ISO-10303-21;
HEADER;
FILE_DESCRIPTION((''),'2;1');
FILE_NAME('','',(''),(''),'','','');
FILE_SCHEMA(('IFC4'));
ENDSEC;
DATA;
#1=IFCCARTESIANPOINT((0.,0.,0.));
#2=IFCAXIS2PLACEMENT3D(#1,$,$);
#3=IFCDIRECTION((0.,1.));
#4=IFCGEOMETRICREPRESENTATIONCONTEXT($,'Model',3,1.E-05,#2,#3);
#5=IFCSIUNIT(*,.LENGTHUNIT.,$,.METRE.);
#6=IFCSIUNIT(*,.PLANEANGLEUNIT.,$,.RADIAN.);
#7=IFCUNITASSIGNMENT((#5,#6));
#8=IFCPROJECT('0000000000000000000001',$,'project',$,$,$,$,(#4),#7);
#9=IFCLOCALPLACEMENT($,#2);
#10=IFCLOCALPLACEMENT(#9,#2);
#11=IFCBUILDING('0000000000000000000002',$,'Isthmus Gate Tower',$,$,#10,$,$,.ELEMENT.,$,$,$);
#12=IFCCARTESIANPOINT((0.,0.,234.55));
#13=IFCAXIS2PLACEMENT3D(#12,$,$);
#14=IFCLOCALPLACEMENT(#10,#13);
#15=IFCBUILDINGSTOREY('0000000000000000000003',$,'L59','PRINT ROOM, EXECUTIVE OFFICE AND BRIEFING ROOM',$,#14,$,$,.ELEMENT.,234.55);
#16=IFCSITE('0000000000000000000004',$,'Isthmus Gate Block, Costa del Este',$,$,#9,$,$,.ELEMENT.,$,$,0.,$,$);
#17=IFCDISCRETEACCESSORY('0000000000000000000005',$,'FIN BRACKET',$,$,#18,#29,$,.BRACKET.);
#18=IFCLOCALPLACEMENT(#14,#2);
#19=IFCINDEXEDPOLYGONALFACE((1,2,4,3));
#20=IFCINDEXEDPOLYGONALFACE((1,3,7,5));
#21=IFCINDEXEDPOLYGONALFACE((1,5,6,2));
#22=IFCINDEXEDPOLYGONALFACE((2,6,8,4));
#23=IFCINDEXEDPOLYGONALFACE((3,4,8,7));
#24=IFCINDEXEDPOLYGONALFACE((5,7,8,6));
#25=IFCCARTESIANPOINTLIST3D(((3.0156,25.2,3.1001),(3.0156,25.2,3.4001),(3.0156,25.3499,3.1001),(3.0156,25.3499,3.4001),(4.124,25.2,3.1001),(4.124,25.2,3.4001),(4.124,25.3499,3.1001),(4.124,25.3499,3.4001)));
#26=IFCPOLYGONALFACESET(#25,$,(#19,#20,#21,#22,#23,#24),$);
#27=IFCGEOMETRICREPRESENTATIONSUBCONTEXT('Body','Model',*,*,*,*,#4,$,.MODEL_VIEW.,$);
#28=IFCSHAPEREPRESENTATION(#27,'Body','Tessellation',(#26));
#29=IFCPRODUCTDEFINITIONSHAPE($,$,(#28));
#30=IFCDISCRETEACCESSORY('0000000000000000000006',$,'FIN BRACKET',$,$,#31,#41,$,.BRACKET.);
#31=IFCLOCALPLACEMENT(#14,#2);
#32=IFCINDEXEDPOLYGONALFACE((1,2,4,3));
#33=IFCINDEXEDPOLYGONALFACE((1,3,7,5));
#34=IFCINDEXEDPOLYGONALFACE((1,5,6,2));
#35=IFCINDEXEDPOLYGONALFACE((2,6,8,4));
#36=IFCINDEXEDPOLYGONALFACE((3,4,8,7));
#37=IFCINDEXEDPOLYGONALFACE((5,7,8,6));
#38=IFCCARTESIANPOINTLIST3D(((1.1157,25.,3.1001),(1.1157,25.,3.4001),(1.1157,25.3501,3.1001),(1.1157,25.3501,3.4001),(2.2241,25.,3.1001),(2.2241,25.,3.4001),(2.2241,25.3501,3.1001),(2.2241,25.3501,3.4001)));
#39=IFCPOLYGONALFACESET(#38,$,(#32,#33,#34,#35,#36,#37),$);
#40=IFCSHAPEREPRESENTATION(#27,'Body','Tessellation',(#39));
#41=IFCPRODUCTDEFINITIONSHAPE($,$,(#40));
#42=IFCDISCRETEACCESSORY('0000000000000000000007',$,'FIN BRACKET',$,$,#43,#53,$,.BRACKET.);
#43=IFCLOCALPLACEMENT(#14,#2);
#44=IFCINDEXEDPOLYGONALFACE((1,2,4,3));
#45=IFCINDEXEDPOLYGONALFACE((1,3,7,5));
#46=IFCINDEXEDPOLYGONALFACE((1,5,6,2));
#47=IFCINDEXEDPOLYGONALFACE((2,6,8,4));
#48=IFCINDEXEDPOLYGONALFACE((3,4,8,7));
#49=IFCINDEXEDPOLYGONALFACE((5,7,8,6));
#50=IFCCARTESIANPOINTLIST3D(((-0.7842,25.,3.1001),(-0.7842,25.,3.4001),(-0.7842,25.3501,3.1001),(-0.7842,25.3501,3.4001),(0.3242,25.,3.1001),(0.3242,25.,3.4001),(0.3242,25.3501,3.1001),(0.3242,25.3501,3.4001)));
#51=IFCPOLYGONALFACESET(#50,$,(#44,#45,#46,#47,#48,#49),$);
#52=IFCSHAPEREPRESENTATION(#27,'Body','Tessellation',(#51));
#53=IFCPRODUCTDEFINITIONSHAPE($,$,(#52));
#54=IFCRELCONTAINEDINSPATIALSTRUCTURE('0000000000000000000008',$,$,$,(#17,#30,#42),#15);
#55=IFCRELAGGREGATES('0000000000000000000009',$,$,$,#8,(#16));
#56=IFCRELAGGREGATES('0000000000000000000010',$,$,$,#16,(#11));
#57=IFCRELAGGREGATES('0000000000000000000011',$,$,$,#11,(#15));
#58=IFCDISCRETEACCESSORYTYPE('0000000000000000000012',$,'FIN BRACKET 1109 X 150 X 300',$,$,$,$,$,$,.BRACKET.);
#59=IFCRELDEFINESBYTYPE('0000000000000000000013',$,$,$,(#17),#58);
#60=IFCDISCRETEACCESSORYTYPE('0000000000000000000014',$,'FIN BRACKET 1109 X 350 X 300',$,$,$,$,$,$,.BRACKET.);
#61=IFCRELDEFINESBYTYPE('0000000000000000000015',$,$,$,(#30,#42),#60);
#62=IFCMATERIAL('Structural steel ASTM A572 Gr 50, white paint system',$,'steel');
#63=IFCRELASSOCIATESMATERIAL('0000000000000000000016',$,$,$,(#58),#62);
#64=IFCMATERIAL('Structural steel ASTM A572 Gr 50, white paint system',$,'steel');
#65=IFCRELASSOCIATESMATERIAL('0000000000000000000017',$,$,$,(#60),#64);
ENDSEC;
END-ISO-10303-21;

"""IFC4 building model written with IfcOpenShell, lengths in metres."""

from ifc_helpers import new_model, si_unit, direction, frame, origin, origin_2d, place, context, subcontext, project, spatial, rectangle, extrude, material, type_object, element, save


model = new_model("IFC4")

# Units and contexts
model_context = context("Model", 3, precision=1e-05, world=origin(), true_north=direction((0.0, 1.0)))
body_context = subcontext(model_context, "Body", "Model", "MODEL_VIEW")
ifc_project = project(units=[si_unit("LENGTHUNIT", "METRE"), si_unit("PLANEANGLEUNIT", "RADIAN")], contexts=[model_context])

# Site, building, storey
site_placement = place(None, origin())
site = spatial("IfcSite", under=ifc_project, at=site_placement, Name="Isthmus Gate Block, Costa del Este", CompositionType="ELEMENT", RefElevation=0.0)
building_placement = place(site_placement, origin())
building = spatial("IfcBuilding", under=site, at=building_placement, Name="Isthmus Gate Tower", CompositionType="ELEMENT")
storey_placement = place(building_placement, frame((0.0, 0.0, 234.55)))
storey = spatial("IfcBuildingStorey", under=building, at=storey_placement, Name="L59", Description="PRINT ROOM, EXECUTIVE OFFICE AND BRIEFING ROOM", CompositionType="ELEMENT", Elevation=234.55)

# Discrete accessories
ifc_material_1 = material(Name="Structural steel ASTM A572 Gr 50, white paint system", Category="steel")
discrete_accessory_type_1 = type_object("IfcDiscreteAccessoryType", Name="FIN BRACKET 1109 X 150 X 300", PredefinedType="BRACKET", material=ifc_material_1)
for number, where, z_axis, x_axis, name in (
    (1, (3.5698, 25.2749, 3.1001), (0.0, 0.0, 1.0), (0.0, 1.0, 0.0), "FIN BRACKET"),
):
    element("IfcDiscreteAccessory", number, at=place(storey_placement, frame(where, z_axis=z_axis, x_axis=x_axis)), inside=storey, type_object=discrete_accessory_type_1, Name=name, PredefinedType="BRACKET", context=body_context, shape_type="SweptSolid", body=[
        extrude(rectangle(XDim=0.1499, YDim=1.1084, at=origin_2d()), origin(), (0.0, 0.0, 1.0), 0.3),
    ])
ifc_material_2 = material(Name="Structural steel ASTM A572 Gr 50, white paint system", Category="steel")
discrete_accessory_type_2 = type_object("IfcDiscreteAccessoryType", Name="FIN BRACKET 1109 X 350 X 300", PredefinedType="BRACKET", material=ifc_material_2)
for number, where, z_axis, x_axis, name in (
    (2, (1.6699, 25.175, 3.1001), (0.0, 0.0, 1.0), (0.0, 1.0, 0.0), "FIN BRACKET"),
    (3, (-0.23, 25.175, 3.1001), (0.0, 0.0, 1.0), (0.0, 1.0, 0.0), "FIN BRACKET"),
):
    element("IfcDiscreteAccessory", number, at=place(storey_placement, frame(where, z_axis=z_axis, x_axis=x_axis)), inside=storey, type_object=discrete_accessory_type_2, Name=name, PredefinedType="BRACKET", context=body_context, shape_type="SweptSolid", body=[
        extrude(rectangle(XDim=0.3501, YDim=1.1084, at=origin_2d()), origin(), (0.0, 0.0, 1.0), 0.3),
    ])

save(model, "model.ifc")
